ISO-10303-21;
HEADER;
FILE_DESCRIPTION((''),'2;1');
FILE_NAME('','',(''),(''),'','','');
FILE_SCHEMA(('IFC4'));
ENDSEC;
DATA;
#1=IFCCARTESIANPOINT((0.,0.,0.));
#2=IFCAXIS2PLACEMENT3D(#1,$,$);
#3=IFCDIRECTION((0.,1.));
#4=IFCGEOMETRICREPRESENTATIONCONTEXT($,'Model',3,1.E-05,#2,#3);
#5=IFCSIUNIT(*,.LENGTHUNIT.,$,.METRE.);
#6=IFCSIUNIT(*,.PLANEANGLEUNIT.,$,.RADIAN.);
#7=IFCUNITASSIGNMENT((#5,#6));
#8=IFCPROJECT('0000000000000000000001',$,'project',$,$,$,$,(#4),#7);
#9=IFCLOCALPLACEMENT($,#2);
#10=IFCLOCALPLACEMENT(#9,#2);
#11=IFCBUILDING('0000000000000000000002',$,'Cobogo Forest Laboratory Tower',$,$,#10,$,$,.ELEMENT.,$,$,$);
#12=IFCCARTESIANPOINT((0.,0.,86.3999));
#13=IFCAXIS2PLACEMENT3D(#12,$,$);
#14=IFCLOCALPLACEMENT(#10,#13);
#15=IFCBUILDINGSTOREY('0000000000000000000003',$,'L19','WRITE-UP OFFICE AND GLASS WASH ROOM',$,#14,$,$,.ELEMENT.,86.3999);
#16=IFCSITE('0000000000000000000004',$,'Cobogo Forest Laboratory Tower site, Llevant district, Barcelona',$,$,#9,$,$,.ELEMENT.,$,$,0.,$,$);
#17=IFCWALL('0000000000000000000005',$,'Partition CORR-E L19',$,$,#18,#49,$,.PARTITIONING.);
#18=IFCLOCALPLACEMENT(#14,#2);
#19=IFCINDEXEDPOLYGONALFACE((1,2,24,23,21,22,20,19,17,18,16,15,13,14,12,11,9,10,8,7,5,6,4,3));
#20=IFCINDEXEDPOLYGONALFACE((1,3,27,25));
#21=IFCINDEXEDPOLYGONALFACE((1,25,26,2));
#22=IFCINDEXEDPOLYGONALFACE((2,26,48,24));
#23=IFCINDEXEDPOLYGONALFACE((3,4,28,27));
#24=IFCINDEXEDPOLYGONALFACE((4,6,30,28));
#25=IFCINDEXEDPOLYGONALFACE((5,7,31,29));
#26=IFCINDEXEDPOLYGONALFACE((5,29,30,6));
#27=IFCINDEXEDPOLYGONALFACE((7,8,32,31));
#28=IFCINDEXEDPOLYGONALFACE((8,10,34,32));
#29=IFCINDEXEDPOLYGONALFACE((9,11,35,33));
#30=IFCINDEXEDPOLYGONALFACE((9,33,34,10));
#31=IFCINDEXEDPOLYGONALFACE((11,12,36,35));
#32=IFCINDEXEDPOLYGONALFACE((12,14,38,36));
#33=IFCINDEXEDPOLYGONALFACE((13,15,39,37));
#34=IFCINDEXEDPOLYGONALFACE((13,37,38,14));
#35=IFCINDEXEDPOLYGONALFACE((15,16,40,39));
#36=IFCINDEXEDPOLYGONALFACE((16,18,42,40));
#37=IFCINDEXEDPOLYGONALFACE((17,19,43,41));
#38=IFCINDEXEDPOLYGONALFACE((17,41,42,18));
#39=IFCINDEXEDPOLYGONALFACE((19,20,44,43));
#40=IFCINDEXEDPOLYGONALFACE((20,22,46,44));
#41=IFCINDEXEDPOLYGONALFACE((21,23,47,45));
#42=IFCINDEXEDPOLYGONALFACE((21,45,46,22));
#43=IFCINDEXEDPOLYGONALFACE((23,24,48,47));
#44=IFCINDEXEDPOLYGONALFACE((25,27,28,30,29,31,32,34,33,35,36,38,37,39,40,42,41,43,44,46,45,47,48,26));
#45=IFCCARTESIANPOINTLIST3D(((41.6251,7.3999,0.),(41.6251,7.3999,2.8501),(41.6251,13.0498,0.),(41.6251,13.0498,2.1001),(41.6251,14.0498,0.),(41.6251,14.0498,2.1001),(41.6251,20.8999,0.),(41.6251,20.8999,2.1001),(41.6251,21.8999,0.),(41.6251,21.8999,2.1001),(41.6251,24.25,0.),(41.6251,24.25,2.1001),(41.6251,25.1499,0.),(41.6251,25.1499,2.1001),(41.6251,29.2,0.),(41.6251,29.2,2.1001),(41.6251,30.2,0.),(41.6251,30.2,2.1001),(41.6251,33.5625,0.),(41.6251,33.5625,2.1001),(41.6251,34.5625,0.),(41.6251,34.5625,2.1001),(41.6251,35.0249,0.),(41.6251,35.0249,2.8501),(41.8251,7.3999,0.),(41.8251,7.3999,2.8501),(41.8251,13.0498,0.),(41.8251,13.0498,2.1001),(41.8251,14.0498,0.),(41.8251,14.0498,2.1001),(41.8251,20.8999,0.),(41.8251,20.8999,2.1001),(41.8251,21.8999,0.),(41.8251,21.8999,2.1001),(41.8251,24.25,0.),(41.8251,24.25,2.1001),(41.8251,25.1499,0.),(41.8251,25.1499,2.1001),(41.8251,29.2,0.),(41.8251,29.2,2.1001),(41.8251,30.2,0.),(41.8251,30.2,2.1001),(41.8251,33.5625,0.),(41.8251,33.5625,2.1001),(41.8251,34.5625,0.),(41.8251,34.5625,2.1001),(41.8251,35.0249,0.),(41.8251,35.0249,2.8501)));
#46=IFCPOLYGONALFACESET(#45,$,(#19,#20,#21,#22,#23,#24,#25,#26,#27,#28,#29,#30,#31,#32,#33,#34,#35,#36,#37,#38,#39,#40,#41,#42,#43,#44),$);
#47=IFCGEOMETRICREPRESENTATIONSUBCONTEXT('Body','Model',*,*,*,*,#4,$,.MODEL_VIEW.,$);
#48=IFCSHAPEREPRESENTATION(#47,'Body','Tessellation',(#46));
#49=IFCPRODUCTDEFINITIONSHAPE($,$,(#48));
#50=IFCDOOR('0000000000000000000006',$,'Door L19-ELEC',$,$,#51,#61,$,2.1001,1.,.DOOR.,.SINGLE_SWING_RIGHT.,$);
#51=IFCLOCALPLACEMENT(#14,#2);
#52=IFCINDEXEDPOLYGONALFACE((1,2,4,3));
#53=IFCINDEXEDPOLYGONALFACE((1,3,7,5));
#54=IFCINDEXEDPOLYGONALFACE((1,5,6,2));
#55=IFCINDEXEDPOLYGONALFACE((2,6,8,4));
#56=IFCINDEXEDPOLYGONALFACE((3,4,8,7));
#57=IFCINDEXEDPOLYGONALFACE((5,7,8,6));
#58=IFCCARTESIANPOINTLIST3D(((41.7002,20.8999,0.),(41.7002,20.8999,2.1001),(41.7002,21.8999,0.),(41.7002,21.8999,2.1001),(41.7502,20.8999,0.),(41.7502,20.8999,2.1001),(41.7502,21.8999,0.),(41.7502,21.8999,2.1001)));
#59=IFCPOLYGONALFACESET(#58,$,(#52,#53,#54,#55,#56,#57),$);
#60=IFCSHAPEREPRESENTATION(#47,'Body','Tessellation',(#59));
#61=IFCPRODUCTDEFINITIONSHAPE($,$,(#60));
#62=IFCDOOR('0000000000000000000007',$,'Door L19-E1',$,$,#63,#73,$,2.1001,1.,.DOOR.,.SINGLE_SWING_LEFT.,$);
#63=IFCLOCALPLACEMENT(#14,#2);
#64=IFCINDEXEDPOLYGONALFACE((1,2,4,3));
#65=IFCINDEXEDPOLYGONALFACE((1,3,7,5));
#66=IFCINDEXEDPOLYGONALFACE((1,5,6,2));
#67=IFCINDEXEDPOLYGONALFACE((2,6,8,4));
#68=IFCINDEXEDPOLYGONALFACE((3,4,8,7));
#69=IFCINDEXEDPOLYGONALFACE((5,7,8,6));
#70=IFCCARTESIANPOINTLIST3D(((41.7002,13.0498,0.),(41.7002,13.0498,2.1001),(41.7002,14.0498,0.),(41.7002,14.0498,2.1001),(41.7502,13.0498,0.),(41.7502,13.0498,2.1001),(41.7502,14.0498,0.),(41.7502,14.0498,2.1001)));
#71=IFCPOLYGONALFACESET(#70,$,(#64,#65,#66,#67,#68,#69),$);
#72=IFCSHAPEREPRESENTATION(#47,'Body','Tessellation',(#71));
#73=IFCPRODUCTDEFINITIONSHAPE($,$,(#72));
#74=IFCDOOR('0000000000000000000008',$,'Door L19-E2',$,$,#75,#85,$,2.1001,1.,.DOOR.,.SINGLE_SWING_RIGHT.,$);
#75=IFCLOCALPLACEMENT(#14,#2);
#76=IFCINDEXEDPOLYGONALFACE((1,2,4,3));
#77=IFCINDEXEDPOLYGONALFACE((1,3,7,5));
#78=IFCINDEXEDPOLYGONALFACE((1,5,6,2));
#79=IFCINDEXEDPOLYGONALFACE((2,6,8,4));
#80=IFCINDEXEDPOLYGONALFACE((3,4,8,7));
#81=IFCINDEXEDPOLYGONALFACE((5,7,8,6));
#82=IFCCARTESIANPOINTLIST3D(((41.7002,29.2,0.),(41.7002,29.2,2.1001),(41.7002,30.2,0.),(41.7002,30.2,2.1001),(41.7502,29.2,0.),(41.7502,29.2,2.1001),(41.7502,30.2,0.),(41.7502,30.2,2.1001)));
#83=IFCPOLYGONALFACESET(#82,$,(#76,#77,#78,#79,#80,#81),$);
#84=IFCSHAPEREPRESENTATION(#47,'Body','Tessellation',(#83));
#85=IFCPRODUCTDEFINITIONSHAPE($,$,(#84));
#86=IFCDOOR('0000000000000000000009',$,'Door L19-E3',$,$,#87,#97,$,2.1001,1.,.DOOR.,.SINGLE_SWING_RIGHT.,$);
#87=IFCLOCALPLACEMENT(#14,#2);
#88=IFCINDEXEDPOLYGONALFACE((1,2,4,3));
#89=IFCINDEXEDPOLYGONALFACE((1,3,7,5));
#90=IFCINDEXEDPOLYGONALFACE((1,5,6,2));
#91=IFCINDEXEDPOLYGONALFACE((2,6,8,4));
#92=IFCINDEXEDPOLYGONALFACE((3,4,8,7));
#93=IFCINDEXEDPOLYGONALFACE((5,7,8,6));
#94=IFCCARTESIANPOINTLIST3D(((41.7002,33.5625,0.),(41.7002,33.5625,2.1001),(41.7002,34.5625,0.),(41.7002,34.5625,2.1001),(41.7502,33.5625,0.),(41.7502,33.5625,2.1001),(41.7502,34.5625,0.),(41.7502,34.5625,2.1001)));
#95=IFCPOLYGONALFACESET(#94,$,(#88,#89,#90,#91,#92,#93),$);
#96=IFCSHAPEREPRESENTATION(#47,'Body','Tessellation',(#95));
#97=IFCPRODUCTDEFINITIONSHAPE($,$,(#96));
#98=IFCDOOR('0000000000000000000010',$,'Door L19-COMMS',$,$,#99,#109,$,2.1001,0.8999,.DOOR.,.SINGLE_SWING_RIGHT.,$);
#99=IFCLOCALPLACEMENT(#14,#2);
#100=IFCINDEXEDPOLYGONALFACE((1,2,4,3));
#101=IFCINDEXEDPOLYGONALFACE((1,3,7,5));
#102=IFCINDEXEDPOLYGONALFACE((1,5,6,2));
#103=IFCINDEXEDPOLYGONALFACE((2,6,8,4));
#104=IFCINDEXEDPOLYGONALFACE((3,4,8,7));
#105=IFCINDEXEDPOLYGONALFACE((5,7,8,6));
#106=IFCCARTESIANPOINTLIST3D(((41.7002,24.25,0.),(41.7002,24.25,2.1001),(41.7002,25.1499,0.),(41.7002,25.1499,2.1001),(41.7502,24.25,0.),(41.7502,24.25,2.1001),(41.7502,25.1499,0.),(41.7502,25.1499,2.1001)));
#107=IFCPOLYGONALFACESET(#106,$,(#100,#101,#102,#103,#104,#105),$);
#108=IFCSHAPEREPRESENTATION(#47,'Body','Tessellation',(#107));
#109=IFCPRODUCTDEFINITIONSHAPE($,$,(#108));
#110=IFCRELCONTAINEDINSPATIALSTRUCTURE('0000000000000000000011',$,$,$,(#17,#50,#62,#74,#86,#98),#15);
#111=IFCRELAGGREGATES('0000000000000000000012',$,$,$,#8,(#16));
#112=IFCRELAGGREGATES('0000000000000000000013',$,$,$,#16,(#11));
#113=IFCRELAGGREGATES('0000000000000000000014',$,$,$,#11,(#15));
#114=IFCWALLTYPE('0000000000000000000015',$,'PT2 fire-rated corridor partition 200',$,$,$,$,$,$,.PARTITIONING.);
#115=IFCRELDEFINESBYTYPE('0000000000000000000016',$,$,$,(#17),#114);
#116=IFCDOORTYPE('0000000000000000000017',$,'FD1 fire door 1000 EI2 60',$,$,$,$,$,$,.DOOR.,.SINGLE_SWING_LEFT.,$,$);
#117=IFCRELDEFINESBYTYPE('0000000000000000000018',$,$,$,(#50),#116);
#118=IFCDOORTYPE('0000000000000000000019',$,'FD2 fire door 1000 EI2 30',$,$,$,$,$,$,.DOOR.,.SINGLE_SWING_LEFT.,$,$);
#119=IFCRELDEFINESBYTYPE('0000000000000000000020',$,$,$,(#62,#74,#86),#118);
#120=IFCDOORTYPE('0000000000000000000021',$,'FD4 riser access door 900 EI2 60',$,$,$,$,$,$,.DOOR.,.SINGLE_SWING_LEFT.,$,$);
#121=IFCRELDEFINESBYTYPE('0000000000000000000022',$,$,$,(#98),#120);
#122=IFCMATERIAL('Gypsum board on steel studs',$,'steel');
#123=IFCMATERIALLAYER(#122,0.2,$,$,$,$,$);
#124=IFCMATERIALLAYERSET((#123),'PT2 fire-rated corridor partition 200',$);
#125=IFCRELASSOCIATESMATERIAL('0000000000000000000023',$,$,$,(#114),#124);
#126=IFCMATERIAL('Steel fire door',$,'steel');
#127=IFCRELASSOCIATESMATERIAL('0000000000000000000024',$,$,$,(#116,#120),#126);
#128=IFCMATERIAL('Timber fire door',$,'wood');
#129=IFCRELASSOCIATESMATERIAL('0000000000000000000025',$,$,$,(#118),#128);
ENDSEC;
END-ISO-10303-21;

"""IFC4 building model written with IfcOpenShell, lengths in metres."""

from ifc_helpers import new_model, si_unit, direction, frame, frame_2d, origin, place, context, subcontext, project, spatial, rectangle, extrude, material, layer, layer_set, type_object, element, fill, save


model = new_model("IFC4")

# Units and contexts
model_context = context("Model", 3, precision=1e-05, world=origin(), true_north=direction((0.0, 1.0)))
body_context = subcontext(model_context, "Body", "Model", "MODEL_VIEW")
ifc_project = project(units=[si_unit("LENGTHUNIT", "METRE"), si_unit("PLANEANGLEUNIT", "RADIAN")], contexts=[model_context])

# Site, building, storey
site_placement = place(None, origin())
site = spatial("IfcSite", under=ifc_project, at=site_placement, Name="Cobogo Forest Laboratory Tower site, Llevant district, Barcelona", CompositionType="ELEMENT", RefElevation=0.0)
building_placement = place(site_placement, origin())
building = spatial("IfcBuilding", under=site, at=building_placement, Name="Cobogo Forest Laboratory Tower", CompositionType="ELEMENT")
storey_placement = place(building_placement, frame((0.0, 0.0, 86.3999)))
storey = spatial("IfcBuildingStorey", under=building, at=storey_placement, Name="L19", Description="WRITE-UP OFFICE AND GLASS WASH ROOM", CompositionType="ELEMENT", Elevation=86.3999)

# Shared definitions
ifc_material_1 = material(Name="Gypsum board on steel studs", Category="steel")

# Wall, openings, doors
ifc_layer_1 = layer(ifc_material_1, 0.2)
ifc_layer_set_1 = layer_set([ifc_layer_1], Name="PT2 fire-rated corridor partition 200")
wall_type_1 = type_object("IfcWallType", Name="PT2 fire-rated corridor partition 200", PredefinedType="PARTITIONING", material=ifc_layer_set_1)
wall_1_placement = place(storey_placement, frame((41.7251, 7.3999, 0.0), z_axis=(0.0, 0.0, 1.0), x_axis=(0.0, 1.0, 0.0)))
wall_1 = element("IfcWall", 1, at=wall_1_placement, inside=storey, type_object=wall_type_1, Name="Partition CORR-E L19", PredefinedType="PARTITIONING", context=body_context, shape_type="SweptSolid", body=[
    extrude(rectangle(XDim=27.625, YDim=0.2, at=frame_2d((13.8125, 0.0))), origin(), (0.0, 0.0, 1.0), 2.8501),
])
opening_1_placement = place(wall_1_placement, frame((5.6499, 0.0, 0.0)))
opening_1 = element("IfcOpeningElement", 2, at=opening_1_placement, cuts=wall_1, PredefinedType="OPENING", context=body_context, shape_type="SweptSolid", body=[
    extrude(rectangle(XDim=1.0, YDim=2.1001, at=frame_2d((0.5, 1.05))), frame((0.0, 0.1099, 0.0), z_axis=(0.0, -1.0, 0.0), x_axis=(1.0, 0.0, 0.0)), (0.0, 0.0, 1.0), 0.22),
])
opening_2_placement = place(wall_1_placement, frame((13.5, 0.0, 0.0)))
opening_2 = element("IfcOpeningElement", 3, at=opening_2_placement, cuts=wall_1, PredefinedType="OPENING", context=body_context, shape_type="SweptSolid", body=[
    extrude(rectangle(XDim=1.0, YDim=2.1001, at=frame_2d((0.5, 1.05))), frame((0.0, 0.1099, 0.0), z_axis=(0.0, -1.0, 0.0), x_axis=(1.0, 0.0, 0.0)), (0.0, 0.0, 1.0), 0.22),
])
opening_3_placement = place(wall_1_placement, frame((16.8501, 0.0, 0.0)))
opening_3 = element("IfcOpeningElement", 4, at=opening_3_placement, cuts=wall_1, PredefinedType="OPENING", context=body_context, shape_type="SweptSolid", body=[
    extrude(rectangle(XDim=0.8999, YDim=2.1001, at=frame_2d((0.45, 1.05))), frame((0.0, 0.1099, 0.0), z_axis=(0.0, -1.0, 0.0), x_axis=(1.0, 0.0, 0.0)), (0.0, 0.0, 1.0), 0.22),
])
opening_4_placement = place(wall_1_placement, frame((21.8, 0.0, 0.0)))
opening_4 = element("IfcOpeningElement", 5, at=opening_4_placement, cuts=wall_1, PredefinedType="OPENING", context=body_context, shape_type="SweptSolid", body=[
    extrude(rectangle(XDim=1.0, YDim=2.1001, at=frame_2d((0.5, 1.05))), frame((0.0, 0.1099, 0.0), z_axis=(0.0, -1.0, 0.0), x_axis=(1.0, 0.0, 0.0)), (0.0, 0.0, 1.0), 0.22),
])
opening_5_placement = place(wall_1_placement, frame((26.1626, 0.0, 0.0)))
opening_5 = element("IfcOpeningElement", 6, at=opening_5_placement, cuts=wall_1, PredefinedType="OPENING", context=body_context, shape_type="SweptSolid", body=[
    extrude(rectangle(XDim=1.0, YDim=2.1001, at=frame_2d((0.5, 1.05))), frame((0.0, 0.1099, 0.0), z_axis=(0.0, -1.0, 0.0), x_axis=(1.0, 0.0, 0.0)), (0.0, 0.0, 1.0), 0.22),
])
ifc_material_2 = material(Name="Steel fire door", Category="steel")
door_type_1 = type_object("IfcDoorType", Name="FD1 fire door 1000 EI2 60", OperationType="SINGLE_SWING_LEFT", PredefinedType="DOOR", material=ifc_material_2)
door_1_placement = place(opening_2_placement, origin())
door_1 = element("IfcDoor", 7, at=door_1_placement, inside=storey, type_object=door_type_1, Name="Door L19-ELEC", OperationType="SINGLE_SWING_RIGHT", OverallHeight=2.1001, OverallWidth=1.0, PredefinedType="DOOR", context=body_context, shape_type="SweptSolid", body=[
    extrude(rectangle(XDim=1.0, YDim=2.1001, at=frame_2d((0.5, 1.05))), frame((0.0, 0.0249, 0.0), z_axis=(0.0, -1.0, 0.0), x_axis=(1.0, 0.0, 0.0)), (0.0, 0.0, 1.0), 0.05),
])
fill(opening_2, door_1)
ifc_material_3 = material(Name="Timber fire door", Category="wood")
door_type_2 = type_object("IfcDoorType", Name="FD2 fire door 1000 EI2 30", OperationType="SINGLE_SWING_LEFT", PredefinedType="DOOR", material=ifc_material_3)
door_2_placement = place(opening_1_placement, origin())
door_2 = element("IfcDoor", 8, at=door_2_placement, inside=storey, type_object=door_type_2, Name="Door L19-E1", OperationType="SINGLE_SWING_LEFT", OverallHeight=2.1001, OverallWidth=1.0, PredefinedType="DOOR", context=body_context, shape_type="SweptSolid", body=[
    extrude(rectangle(XDim=1.0, YDim=2.1001, at=frame_2d((0.5, 1.05))), frame((0.0, 0.0249, 0.0), z_axis=(0.0, -1.0, 0.0), x_axis=(1.0, 0.0, 0.0)), (0.0, 0.0, 1.0), 0.05),
])
fill(opening_1, door_2)
door_3_placement = place(opening_4_placement, origin())
door_3 = element("IfcDoor", 9, at=door_3_placement, inside=storey, type_object=door_type_2, Name="Door L19-E2", OperationType="SINGLE_SWING_RIGHT", OverallHeight=2.1001, OverallWidth=1.0, PredefinedType="DOOR", context=body_context, shape_type="SweptSolid", body=[
    extrude(rectangle(XDim=1.0, YDim=2.1001, at=frame_2d((0.5, 1.05))), frame((0.0, 0.0249, 0.0), z_axis=(0.0, -1.0, 0.0), x_axis=(1.0, 0.0, 0.0)), (0.0, 0.0, 1.0), 0.05),
])
fill(opening_4, door_3)
door_4_placement = place(opening_5_placement, origin())
door_4 = element("IfcDoor", 10, at=door_4_placement, inside=storey, type_object=door_type_2, Name="Door L19-E3", OperationType="SINGLE_SWING_RIGHT", OverallHeight=2.1001, OverallWidth=1.0, PredefinedType="DOOR", context=body_context, shape_type="SweptSolid", body=[
    extrude(rectangle(XDim=1.0, YDim=2.1001, at=frame_2d((0.5, 1.05))), frame((0.0, 0.0249, 0.0), z_axis=(0.0, -1.0, 0.0), x_axis=(1.0, 0.0, 0.0)), (0.0, 0.0, 1.0), 0.05),
])
fill(opening_5, door_4)
door_type_3 = type_object("IfcDoorType", Name="FD4 riser access door 900 EI2 60", OperationType="SINGLE_SWING_LEFT", PredefinedType="DOOR", material=ifc_material_2)
door_5_placement = place(opening_3_placement, origin())
door_5 = element("IfcDoor", 11, at=door_5_placement, inside=storey, type_object=door_type_3, Name="Door L19-COMMS", OperationType="SINGLE_SWING_RIGHT", OverallHeight=2.1001, OverallWidth=0.8999, PredefinedType="DOOR", context=body_context, shape_type="SweptSolid", body=[
    extrude(rectangle(XDim=0.8999, YDim=2.1001, at=frame_2d((0.45, 1.05))), frame((0.0, 0.0249, 0.0), z_axis=(0.0, -1.0, 0.0), x_axis=(1.0, 0.0, 0.0)), (0.0, 0.0, 1.0), 0.05),
])
fill(opening_3, door_5)

save(model, "model.ifc")
